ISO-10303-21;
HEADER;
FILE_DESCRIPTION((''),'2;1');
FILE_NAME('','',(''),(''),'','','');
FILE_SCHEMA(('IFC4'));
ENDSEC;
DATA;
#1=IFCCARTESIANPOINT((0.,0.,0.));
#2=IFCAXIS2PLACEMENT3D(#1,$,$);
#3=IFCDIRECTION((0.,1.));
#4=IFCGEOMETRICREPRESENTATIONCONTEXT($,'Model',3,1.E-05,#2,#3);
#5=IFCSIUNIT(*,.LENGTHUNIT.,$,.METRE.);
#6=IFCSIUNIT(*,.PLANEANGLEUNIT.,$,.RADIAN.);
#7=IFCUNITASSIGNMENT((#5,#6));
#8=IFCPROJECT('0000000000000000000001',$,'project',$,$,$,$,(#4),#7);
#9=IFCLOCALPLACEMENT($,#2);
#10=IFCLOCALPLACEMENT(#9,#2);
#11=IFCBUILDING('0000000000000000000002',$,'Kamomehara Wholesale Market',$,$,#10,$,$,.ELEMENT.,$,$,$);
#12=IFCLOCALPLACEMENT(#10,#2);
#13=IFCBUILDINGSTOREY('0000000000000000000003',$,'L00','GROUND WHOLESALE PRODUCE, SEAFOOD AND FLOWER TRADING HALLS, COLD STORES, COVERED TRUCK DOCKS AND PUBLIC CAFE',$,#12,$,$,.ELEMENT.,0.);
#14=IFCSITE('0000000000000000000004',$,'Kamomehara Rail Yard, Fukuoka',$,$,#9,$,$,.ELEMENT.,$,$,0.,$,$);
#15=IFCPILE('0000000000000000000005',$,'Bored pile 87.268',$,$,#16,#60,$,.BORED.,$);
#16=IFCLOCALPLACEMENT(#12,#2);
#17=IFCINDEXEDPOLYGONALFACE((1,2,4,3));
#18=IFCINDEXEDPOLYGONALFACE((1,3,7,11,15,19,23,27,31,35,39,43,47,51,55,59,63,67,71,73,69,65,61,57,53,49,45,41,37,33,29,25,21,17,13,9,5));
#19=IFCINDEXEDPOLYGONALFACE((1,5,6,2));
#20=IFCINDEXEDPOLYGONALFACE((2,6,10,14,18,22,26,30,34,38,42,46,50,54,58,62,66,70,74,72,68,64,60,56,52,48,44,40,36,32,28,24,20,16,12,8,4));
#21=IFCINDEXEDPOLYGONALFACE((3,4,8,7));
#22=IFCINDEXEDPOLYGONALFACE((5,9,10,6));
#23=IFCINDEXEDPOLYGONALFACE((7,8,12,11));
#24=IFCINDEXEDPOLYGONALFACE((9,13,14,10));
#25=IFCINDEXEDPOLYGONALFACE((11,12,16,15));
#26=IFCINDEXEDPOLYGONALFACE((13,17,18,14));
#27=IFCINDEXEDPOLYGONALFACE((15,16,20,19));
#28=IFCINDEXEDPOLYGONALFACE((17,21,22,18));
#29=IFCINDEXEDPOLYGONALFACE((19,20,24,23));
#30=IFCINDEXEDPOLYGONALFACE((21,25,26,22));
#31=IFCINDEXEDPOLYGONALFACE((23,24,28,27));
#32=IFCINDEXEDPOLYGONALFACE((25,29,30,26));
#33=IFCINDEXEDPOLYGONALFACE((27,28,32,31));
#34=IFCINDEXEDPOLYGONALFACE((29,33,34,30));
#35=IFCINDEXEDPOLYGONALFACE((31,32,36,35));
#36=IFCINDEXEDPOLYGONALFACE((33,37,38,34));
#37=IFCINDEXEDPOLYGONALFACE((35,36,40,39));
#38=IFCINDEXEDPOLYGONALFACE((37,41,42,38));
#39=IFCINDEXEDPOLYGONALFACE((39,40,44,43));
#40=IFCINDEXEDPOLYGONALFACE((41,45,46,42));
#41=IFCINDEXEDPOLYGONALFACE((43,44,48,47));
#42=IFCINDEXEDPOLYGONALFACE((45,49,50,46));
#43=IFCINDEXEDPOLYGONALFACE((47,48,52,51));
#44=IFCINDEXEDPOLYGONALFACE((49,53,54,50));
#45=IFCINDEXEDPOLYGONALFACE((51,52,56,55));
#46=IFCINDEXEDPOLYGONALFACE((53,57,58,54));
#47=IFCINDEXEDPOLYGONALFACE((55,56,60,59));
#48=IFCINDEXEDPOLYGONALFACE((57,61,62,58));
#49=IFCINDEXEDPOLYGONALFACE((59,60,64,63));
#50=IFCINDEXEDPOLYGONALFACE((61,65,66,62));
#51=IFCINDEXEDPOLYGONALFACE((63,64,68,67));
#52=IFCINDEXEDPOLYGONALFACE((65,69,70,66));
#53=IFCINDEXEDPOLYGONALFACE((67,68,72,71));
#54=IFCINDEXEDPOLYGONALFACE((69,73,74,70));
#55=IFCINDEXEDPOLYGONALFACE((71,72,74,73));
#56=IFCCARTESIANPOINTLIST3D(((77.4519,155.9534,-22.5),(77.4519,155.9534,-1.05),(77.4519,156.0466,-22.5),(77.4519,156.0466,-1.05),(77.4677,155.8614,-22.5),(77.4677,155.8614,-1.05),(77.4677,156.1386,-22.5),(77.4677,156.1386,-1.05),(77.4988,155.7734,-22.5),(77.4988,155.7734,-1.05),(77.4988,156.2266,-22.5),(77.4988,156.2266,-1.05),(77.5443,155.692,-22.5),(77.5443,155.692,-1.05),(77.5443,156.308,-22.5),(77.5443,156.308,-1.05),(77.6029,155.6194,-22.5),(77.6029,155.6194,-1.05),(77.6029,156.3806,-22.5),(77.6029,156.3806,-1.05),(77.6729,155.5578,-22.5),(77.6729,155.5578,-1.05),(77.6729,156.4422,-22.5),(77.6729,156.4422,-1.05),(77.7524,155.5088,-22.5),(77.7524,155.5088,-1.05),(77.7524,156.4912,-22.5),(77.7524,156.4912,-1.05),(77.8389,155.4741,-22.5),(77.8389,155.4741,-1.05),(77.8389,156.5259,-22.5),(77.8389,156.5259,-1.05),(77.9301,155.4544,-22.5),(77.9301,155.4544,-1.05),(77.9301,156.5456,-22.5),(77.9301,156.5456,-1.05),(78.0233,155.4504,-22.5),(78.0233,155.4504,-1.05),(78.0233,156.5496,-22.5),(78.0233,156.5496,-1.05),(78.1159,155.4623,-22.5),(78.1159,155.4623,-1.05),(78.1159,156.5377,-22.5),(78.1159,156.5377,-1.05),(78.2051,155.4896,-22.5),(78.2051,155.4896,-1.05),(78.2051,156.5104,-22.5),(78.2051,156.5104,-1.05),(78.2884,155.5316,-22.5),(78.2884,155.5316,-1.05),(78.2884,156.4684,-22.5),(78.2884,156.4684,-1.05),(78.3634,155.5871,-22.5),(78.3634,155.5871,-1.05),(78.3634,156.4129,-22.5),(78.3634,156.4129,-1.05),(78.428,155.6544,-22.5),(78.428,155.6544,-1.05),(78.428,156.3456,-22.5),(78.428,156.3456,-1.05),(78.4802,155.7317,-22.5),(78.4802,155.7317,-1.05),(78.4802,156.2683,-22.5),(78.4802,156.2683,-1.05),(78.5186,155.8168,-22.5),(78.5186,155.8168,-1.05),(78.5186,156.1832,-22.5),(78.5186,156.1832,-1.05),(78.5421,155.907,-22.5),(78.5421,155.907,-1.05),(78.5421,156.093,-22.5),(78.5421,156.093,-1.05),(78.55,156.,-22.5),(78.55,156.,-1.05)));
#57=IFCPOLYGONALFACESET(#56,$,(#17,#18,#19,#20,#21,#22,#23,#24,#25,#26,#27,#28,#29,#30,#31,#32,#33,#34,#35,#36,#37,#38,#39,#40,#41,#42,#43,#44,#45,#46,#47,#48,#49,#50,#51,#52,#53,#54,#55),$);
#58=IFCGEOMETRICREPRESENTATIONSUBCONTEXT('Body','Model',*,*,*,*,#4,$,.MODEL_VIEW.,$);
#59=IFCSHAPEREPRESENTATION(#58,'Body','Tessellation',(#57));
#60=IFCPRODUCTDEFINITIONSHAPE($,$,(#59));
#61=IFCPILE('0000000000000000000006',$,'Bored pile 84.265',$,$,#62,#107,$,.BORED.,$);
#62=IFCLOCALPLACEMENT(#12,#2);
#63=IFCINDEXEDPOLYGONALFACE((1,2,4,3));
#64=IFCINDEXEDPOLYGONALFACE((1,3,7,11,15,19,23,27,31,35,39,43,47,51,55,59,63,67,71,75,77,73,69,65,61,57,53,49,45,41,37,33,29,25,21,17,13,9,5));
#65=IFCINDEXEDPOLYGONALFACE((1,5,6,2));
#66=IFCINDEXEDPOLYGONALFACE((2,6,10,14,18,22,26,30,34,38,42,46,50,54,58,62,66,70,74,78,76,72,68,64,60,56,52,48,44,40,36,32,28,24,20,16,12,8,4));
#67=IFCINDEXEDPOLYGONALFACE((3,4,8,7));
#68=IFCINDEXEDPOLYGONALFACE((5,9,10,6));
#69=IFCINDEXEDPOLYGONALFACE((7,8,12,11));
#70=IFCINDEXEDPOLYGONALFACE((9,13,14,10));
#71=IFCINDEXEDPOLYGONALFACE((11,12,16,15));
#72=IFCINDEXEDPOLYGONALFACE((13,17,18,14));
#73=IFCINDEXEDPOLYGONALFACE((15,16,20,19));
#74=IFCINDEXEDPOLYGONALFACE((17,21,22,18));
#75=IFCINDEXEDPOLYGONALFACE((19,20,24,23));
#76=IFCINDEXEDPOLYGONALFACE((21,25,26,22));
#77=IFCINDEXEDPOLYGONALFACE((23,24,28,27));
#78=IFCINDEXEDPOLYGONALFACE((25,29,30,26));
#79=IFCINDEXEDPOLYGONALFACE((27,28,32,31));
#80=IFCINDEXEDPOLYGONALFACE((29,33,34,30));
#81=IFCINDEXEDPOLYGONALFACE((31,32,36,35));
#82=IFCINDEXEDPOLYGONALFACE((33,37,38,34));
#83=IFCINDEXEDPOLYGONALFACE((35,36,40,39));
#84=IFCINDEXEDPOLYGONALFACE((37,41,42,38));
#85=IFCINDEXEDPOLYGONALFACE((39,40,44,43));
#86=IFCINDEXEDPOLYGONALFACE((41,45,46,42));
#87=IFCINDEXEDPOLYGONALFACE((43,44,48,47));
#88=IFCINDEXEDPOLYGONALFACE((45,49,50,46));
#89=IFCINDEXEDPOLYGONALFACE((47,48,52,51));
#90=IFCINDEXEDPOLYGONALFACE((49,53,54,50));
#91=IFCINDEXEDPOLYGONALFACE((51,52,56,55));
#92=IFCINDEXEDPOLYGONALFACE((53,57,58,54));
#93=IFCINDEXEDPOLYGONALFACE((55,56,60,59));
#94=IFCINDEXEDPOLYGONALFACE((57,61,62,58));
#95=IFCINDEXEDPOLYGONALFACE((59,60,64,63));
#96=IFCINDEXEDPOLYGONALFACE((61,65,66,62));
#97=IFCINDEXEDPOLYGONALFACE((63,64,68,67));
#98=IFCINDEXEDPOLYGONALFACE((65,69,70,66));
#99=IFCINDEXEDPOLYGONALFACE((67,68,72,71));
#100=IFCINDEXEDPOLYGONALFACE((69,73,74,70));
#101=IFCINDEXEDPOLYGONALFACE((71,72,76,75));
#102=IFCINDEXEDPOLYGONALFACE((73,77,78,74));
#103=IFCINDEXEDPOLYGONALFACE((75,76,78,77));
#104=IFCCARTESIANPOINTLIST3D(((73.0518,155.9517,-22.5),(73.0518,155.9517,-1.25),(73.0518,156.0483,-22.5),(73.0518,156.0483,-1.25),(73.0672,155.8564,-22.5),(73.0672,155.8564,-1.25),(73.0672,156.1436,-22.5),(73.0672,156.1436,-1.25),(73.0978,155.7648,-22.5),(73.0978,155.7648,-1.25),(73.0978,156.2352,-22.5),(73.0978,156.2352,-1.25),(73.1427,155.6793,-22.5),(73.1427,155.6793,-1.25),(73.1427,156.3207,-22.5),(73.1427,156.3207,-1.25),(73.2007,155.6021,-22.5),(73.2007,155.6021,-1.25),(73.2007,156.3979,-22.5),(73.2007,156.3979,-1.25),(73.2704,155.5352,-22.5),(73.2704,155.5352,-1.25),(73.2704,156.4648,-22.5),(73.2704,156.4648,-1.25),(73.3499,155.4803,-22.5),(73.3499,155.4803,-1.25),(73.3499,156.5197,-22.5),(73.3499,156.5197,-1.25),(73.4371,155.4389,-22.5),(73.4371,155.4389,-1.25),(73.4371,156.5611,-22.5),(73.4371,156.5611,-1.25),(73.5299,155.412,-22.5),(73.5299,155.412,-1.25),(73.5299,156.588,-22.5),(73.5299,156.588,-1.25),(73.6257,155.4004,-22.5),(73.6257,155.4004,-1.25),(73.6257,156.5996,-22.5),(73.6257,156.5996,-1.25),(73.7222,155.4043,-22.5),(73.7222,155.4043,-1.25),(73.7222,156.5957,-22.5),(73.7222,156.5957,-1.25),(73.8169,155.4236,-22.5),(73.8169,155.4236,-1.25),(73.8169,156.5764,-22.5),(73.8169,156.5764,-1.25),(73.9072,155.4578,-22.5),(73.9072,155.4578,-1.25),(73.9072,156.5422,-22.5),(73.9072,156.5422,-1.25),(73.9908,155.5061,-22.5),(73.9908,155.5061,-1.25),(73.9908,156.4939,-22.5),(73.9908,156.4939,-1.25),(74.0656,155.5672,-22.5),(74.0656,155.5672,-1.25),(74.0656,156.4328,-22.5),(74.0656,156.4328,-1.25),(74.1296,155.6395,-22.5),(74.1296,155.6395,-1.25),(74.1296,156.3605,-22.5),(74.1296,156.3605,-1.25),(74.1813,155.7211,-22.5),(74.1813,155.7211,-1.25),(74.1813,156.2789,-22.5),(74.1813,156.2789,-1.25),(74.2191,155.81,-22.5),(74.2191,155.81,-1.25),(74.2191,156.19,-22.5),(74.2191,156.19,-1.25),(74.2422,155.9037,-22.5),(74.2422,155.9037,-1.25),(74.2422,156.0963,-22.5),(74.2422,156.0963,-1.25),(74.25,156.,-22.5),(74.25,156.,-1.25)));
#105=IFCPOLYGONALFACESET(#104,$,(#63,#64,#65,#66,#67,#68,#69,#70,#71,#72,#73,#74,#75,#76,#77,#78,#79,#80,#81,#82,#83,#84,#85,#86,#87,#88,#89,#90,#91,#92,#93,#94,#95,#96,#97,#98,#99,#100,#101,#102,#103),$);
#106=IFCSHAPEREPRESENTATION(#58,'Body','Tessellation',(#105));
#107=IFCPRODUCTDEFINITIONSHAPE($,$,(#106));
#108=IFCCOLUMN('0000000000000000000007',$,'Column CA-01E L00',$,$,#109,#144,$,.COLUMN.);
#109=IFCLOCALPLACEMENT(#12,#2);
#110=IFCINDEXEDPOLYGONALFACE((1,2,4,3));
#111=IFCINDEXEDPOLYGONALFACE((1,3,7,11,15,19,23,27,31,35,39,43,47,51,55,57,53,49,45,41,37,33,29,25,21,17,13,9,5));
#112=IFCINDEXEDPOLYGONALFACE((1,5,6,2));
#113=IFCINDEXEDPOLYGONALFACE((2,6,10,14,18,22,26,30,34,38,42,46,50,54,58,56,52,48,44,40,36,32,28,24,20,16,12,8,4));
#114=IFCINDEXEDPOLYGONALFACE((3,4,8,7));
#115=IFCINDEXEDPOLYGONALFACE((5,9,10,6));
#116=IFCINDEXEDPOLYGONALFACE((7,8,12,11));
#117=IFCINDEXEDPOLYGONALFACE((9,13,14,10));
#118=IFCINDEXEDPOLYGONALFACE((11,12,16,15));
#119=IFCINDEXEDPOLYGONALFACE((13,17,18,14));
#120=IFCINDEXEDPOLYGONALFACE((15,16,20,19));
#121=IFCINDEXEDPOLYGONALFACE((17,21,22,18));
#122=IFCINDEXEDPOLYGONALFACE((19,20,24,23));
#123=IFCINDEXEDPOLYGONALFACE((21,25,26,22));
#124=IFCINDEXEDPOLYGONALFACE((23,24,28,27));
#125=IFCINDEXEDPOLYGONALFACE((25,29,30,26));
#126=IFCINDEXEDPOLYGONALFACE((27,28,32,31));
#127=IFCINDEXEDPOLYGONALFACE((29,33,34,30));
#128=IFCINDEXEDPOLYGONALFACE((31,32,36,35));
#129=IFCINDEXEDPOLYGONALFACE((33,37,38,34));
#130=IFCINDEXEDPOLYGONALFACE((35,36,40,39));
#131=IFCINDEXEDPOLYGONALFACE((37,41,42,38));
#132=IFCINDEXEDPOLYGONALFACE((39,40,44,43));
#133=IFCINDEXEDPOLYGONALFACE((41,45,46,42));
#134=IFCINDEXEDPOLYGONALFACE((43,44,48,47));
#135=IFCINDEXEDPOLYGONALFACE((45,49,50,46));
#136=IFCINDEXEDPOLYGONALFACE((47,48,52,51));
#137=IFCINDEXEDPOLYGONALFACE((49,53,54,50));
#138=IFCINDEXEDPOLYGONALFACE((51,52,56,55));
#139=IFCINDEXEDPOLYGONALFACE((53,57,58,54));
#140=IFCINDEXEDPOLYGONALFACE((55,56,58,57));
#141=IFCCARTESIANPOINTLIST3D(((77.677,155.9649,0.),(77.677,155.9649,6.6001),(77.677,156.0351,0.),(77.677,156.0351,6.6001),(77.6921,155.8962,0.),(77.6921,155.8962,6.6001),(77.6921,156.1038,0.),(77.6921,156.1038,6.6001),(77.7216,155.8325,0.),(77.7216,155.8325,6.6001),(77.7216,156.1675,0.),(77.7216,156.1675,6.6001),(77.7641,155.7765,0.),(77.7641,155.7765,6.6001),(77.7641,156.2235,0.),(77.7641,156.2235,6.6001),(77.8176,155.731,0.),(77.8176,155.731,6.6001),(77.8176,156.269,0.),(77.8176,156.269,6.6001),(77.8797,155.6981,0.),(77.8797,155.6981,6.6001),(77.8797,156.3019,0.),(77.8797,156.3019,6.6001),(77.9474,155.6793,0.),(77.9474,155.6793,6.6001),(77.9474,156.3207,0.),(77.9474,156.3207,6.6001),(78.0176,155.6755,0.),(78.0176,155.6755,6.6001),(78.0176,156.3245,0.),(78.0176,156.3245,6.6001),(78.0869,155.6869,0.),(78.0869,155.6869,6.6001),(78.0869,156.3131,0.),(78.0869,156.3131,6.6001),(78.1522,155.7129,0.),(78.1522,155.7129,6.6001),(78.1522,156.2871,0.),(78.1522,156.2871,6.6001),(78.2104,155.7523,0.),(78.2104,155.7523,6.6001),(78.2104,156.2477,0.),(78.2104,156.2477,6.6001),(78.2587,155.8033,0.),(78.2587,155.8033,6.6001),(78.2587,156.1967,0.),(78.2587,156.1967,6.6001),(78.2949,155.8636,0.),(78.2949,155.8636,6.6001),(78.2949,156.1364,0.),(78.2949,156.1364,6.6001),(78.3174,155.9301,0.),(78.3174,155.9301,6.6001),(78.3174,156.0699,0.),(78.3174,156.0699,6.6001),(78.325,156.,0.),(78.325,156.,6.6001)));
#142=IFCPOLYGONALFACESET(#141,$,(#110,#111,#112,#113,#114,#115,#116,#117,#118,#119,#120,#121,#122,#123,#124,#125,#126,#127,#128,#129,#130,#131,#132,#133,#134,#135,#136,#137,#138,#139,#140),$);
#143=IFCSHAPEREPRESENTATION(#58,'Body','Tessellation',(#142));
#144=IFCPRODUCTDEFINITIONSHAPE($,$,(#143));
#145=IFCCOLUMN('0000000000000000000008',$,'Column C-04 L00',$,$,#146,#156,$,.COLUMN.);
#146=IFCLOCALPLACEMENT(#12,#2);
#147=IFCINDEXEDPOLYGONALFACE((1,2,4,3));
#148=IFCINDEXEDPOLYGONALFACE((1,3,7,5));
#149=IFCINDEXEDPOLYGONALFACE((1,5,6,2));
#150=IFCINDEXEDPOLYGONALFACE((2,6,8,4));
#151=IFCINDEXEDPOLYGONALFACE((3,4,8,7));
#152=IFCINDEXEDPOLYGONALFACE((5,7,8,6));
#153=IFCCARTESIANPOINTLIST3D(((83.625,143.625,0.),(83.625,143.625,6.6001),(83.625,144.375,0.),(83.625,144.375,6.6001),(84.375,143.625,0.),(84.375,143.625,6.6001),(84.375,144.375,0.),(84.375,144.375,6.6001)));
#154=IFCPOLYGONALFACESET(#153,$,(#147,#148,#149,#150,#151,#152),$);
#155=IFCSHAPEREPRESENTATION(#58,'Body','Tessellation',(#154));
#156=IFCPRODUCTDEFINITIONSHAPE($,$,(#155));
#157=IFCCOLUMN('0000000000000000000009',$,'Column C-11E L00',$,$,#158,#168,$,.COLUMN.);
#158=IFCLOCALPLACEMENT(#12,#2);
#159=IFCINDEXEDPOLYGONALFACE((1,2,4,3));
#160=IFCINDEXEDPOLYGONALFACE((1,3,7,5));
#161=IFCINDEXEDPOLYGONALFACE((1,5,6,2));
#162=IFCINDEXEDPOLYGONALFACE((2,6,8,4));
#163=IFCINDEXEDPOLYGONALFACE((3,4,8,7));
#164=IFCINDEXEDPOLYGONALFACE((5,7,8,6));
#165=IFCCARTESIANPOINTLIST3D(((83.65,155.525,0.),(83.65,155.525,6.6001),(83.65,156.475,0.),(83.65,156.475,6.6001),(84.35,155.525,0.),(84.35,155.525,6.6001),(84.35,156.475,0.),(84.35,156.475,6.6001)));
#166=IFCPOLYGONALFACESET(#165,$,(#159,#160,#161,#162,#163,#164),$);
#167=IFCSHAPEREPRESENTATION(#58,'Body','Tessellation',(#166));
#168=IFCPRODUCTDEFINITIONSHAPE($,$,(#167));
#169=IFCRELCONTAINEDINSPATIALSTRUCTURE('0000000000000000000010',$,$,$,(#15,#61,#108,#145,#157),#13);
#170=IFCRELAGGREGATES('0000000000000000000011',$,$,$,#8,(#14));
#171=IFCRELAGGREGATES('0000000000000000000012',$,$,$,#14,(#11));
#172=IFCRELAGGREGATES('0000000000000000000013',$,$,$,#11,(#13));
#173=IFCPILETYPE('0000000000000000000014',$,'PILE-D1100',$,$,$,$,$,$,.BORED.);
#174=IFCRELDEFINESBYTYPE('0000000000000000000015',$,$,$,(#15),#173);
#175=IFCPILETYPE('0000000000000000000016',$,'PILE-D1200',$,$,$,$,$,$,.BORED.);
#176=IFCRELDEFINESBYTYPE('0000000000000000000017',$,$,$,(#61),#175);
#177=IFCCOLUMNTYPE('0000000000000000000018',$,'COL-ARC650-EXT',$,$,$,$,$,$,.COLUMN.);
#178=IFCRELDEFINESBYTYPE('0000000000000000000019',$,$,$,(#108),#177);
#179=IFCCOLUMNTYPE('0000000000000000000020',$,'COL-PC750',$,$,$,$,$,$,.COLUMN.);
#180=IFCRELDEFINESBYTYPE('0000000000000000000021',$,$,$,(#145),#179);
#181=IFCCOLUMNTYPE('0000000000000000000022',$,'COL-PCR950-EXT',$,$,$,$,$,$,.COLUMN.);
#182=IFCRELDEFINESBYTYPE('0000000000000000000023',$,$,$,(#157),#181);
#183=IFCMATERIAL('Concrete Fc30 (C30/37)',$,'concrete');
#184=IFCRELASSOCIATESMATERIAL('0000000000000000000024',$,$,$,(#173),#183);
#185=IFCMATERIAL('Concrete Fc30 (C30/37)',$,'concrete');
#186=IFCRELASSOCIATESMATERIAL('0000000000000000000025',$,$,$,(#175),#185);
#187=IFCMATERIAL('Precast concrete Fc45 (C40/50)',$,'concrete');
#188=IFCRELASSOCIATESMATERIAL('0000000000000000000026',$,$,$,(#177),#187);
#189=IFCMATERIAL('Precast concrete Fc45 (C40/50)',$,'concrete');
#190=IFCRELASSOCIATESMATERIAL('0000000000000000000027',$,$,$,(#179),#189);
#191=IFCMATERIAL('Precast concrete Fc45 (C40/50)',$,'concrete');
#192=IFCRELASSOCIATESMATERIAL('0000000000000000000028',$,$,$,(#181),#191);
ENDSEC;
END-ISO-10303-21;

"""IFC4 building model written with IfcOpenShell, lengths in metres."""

from ifc_helpers import new_model, si_unit, direction, frame, origin, origin_2d, place, context, subcontext, project, spatial, rectangle, circle, extrude, material, material_profile, profile_set, type_object, element, save


model = new_model("IFC4")

# Units and contexts
model_context = context("Model", 3, precision=1e-05, world=origin(), true_north=direction((0.0, 1.0)))
body_context = subcontext(model_context, "Body", "Model", "MODEL_VIEW")
ifc_project = project(units=[si_unit("LENGTHUNIT", "METRE"), si_unit("PLANEANGLEUNIT", "RADIAN")], contexts=[model_context])

# Site, building, storey
site_placement = place(None, origin())
site = spatial("IfcSite", under=ifc_project, at=site_placement, Name="Kamomehara Rail Yard, Fukuoka", CompositionType="ELEMENT", RefElevation=0.0)
building_placement = place(site_placement, origin())
building = spatial("IfcBuilding", under=site, at=building_placement, Name="Kamomehara Wholesale Market", CompositionType="ELEMENT")
storey_placement = place(building_placement, origin())
storey = spatial("IfcBuildingStorey", under=building, at=storey_placement, Name="L00", Description="GROUND WHOLESALE PRODUCE, SEAFOOD AND FLOWER TRADING HALLS, COLD STORES, COVERED TRUCK DOCKS AND PUBLIC CAFE", CompositionType="ELEMENT", Elevation=0.0)

# Piles
ifc_material_1 = material(Name="Concrete Fc30 (C30/37)", Category="concrete")
ifc_material_profile_1 = material_profile(ifc_material_1, circle(Radius=0.55, at=origin_2d()), Name="RC-PILE-D1100")
ifc_profile_set_1 = profile_set([ifc_material_profile_1], Name="Concrete Fc30 (C30/37)")
pile_type_1 = type_object("IfcPileType", Name="PILE-D1100", PredefinedType="BORED", material=ifc_profile_set_1)
pile_1_placement = place(storey_placement, frame((78.0, 156.0, -1.05), z_axis=(0.0, 0.0, -1.0), x_axis=(1.0, 0.0, 0.0)))
element("IfcPile", 1, at=pile_1_placement, inside=storey, type_object=pile_type_1, Name="Bored pile 87.268", PredefinedType="BORED", context=body_context, shape_type="SweptSolid", body=[
    extrude(circle(Radius=0.55, at=origin_2d()), origin(), (0.0, 0.0, 1.0), 21.45),
])
ifc_material_2 = material(Name="Concrete Fc30 (C30/37)", Category="concrete")
ifc_material_profile_2 = material_profile(ifc_material_2, circle(Radius=0.6001, at=origin_2d()), Name="RC-PILE-D1200")
ifc_profile_set_2 = profile_set([ifc_material_profile_2], Name="Concrete Fc30 (C30/37)")
pile_type_2 = type_object("IfcPileType", Name="PILE-D1200", PredefinedType="BORED", material=ifc_profile_set_2)
pile_2_placement = place(storey_placement, frame((73.6499, 156.0, -1.25), z_axis=(0.0, 0.0, -1.0), x_axis=(1.0, 0.0, 0.0)))
element("IfcPile", 2, at=pile_2_placement, inside=storey, type_object=pile_type_2, Name="Bored pile 84.265", PredefinedType="BORED", context=body_context, shape_type="SweptSolid", body=[
    extrude(circle(Radius=0.6001, at=origin_2d()), origin(), (0.0, 0.0, 1.0), 21.25),
])

# Columns
ifc_material_3 = material(Name="Precast concrete Fc45 (C40/50)", Category="concrete")
ifc_material_profile_3 = material_profile(ifc_material_3, circle(Radius=0.325, at=origin_2d()), Name="PC-ARC-D650")
ifc_profile_set_3 = profile_set([ifc_material_profile_3], Name="Precast concrete Fc45 (C40/50)")
column_type_1 = type_object("IfcColumnType", Name="COL-ARC650-EXT", PredefinedType="COLUMN", material=ifc_profile_set_3)
column_1_placement = place(storey_placement, frame((78.0, 156.0, 0.0), z_axis=(0.0, 0.0, 1.0), x_axis=(1.0, 0.0, 0.0)))
element("IfcColumn", 3, at=column_1_placement, inside=storey, type_object=column_type_1, Name="Column CA-01E L00", PredefinedType="COLUMN", context=body_context, shape_type="SweptSolid", body=[
    extrude(circle(Radius=0.325, at=origin_2d()), origin(), (0.0, 0.0, 1.0), 6.6001),
])
ifc_material_4 = material(Name="Precast concrete Fc45 (C40/50)", Category="concrete")
ifc_material_profile_4 = material_profile(ifc_material_4, rectangle(XDim=0.75, YDim=0.75, at=origin_2d()), Name="PC-COL-750x750")
ifc_profile_set_4 = profile_set([ifc_material_profile_4], Name="Precast concrete Fc45 (C40/50)")
column_type_2 = type_object("IfcColumnType", Name="COL-PC750", PredefinedType="COLUMN", material=ifc_profile_set_4)
column_2_placement = place(storey_placement, frame((84.0, 144.0, 0.0), z_axis=(0.0, 0.0, 1.0), x_axis=(1.0, 0.0, 0.0)))
element("IfcColumn", 4, at=column_2_placement, inside=storey, type_object=column_type_2, Name="Column C-04 L00", PredefinedType="COLUMN", context=body_context, shape_type="SweptSolid", body=[
    extrude(rectangle(XDim=0.75, YDim=0.75, at=origin_2d()), origin(), (0.0, 0.0, 1.0), 6.6001),
])
ifc_material_5 = material(Name="Precast concrete Fc45 (C40/50)", Category="concrete")
ifc_material_profile_5 = material_profile(ifc_material_5, rectangle(XDim=0.7, YDim=0.95, at=origin_2d()), Name="PC-COL-700x950")
ifc_profile_set_5 = profile_set([ifc_material_profile_5], Name="Precast concrete Fc45 (C40/50)")
column_type_3 = type_object("IfcColumnType", Name="COL-PCR950-EXT", PredefinedType="COLUMN", material=ifc_profile_set_5)
column_3_placement = place(storey_placement, frame((84.0, 156.0, 0.0), z_axis=(0.0, 0.0, 1.0), x_axis=(1.0, 0.0, 0.0)))
element("IfcColumn", 5, at=column_3_placement, inside=storey, type_object=column_type_3, Name="Column C-11E L00", PredefinedType="COLUMN", context=body_context, shape_type="SweptSolid", body=[
    extrude(rectangle(XDim=0.7, YDim=0.95, at=origin_2d()), origin(), (0.0, 0.0, 1.0), 6.6001),
])

save(model, "model.ifc")
